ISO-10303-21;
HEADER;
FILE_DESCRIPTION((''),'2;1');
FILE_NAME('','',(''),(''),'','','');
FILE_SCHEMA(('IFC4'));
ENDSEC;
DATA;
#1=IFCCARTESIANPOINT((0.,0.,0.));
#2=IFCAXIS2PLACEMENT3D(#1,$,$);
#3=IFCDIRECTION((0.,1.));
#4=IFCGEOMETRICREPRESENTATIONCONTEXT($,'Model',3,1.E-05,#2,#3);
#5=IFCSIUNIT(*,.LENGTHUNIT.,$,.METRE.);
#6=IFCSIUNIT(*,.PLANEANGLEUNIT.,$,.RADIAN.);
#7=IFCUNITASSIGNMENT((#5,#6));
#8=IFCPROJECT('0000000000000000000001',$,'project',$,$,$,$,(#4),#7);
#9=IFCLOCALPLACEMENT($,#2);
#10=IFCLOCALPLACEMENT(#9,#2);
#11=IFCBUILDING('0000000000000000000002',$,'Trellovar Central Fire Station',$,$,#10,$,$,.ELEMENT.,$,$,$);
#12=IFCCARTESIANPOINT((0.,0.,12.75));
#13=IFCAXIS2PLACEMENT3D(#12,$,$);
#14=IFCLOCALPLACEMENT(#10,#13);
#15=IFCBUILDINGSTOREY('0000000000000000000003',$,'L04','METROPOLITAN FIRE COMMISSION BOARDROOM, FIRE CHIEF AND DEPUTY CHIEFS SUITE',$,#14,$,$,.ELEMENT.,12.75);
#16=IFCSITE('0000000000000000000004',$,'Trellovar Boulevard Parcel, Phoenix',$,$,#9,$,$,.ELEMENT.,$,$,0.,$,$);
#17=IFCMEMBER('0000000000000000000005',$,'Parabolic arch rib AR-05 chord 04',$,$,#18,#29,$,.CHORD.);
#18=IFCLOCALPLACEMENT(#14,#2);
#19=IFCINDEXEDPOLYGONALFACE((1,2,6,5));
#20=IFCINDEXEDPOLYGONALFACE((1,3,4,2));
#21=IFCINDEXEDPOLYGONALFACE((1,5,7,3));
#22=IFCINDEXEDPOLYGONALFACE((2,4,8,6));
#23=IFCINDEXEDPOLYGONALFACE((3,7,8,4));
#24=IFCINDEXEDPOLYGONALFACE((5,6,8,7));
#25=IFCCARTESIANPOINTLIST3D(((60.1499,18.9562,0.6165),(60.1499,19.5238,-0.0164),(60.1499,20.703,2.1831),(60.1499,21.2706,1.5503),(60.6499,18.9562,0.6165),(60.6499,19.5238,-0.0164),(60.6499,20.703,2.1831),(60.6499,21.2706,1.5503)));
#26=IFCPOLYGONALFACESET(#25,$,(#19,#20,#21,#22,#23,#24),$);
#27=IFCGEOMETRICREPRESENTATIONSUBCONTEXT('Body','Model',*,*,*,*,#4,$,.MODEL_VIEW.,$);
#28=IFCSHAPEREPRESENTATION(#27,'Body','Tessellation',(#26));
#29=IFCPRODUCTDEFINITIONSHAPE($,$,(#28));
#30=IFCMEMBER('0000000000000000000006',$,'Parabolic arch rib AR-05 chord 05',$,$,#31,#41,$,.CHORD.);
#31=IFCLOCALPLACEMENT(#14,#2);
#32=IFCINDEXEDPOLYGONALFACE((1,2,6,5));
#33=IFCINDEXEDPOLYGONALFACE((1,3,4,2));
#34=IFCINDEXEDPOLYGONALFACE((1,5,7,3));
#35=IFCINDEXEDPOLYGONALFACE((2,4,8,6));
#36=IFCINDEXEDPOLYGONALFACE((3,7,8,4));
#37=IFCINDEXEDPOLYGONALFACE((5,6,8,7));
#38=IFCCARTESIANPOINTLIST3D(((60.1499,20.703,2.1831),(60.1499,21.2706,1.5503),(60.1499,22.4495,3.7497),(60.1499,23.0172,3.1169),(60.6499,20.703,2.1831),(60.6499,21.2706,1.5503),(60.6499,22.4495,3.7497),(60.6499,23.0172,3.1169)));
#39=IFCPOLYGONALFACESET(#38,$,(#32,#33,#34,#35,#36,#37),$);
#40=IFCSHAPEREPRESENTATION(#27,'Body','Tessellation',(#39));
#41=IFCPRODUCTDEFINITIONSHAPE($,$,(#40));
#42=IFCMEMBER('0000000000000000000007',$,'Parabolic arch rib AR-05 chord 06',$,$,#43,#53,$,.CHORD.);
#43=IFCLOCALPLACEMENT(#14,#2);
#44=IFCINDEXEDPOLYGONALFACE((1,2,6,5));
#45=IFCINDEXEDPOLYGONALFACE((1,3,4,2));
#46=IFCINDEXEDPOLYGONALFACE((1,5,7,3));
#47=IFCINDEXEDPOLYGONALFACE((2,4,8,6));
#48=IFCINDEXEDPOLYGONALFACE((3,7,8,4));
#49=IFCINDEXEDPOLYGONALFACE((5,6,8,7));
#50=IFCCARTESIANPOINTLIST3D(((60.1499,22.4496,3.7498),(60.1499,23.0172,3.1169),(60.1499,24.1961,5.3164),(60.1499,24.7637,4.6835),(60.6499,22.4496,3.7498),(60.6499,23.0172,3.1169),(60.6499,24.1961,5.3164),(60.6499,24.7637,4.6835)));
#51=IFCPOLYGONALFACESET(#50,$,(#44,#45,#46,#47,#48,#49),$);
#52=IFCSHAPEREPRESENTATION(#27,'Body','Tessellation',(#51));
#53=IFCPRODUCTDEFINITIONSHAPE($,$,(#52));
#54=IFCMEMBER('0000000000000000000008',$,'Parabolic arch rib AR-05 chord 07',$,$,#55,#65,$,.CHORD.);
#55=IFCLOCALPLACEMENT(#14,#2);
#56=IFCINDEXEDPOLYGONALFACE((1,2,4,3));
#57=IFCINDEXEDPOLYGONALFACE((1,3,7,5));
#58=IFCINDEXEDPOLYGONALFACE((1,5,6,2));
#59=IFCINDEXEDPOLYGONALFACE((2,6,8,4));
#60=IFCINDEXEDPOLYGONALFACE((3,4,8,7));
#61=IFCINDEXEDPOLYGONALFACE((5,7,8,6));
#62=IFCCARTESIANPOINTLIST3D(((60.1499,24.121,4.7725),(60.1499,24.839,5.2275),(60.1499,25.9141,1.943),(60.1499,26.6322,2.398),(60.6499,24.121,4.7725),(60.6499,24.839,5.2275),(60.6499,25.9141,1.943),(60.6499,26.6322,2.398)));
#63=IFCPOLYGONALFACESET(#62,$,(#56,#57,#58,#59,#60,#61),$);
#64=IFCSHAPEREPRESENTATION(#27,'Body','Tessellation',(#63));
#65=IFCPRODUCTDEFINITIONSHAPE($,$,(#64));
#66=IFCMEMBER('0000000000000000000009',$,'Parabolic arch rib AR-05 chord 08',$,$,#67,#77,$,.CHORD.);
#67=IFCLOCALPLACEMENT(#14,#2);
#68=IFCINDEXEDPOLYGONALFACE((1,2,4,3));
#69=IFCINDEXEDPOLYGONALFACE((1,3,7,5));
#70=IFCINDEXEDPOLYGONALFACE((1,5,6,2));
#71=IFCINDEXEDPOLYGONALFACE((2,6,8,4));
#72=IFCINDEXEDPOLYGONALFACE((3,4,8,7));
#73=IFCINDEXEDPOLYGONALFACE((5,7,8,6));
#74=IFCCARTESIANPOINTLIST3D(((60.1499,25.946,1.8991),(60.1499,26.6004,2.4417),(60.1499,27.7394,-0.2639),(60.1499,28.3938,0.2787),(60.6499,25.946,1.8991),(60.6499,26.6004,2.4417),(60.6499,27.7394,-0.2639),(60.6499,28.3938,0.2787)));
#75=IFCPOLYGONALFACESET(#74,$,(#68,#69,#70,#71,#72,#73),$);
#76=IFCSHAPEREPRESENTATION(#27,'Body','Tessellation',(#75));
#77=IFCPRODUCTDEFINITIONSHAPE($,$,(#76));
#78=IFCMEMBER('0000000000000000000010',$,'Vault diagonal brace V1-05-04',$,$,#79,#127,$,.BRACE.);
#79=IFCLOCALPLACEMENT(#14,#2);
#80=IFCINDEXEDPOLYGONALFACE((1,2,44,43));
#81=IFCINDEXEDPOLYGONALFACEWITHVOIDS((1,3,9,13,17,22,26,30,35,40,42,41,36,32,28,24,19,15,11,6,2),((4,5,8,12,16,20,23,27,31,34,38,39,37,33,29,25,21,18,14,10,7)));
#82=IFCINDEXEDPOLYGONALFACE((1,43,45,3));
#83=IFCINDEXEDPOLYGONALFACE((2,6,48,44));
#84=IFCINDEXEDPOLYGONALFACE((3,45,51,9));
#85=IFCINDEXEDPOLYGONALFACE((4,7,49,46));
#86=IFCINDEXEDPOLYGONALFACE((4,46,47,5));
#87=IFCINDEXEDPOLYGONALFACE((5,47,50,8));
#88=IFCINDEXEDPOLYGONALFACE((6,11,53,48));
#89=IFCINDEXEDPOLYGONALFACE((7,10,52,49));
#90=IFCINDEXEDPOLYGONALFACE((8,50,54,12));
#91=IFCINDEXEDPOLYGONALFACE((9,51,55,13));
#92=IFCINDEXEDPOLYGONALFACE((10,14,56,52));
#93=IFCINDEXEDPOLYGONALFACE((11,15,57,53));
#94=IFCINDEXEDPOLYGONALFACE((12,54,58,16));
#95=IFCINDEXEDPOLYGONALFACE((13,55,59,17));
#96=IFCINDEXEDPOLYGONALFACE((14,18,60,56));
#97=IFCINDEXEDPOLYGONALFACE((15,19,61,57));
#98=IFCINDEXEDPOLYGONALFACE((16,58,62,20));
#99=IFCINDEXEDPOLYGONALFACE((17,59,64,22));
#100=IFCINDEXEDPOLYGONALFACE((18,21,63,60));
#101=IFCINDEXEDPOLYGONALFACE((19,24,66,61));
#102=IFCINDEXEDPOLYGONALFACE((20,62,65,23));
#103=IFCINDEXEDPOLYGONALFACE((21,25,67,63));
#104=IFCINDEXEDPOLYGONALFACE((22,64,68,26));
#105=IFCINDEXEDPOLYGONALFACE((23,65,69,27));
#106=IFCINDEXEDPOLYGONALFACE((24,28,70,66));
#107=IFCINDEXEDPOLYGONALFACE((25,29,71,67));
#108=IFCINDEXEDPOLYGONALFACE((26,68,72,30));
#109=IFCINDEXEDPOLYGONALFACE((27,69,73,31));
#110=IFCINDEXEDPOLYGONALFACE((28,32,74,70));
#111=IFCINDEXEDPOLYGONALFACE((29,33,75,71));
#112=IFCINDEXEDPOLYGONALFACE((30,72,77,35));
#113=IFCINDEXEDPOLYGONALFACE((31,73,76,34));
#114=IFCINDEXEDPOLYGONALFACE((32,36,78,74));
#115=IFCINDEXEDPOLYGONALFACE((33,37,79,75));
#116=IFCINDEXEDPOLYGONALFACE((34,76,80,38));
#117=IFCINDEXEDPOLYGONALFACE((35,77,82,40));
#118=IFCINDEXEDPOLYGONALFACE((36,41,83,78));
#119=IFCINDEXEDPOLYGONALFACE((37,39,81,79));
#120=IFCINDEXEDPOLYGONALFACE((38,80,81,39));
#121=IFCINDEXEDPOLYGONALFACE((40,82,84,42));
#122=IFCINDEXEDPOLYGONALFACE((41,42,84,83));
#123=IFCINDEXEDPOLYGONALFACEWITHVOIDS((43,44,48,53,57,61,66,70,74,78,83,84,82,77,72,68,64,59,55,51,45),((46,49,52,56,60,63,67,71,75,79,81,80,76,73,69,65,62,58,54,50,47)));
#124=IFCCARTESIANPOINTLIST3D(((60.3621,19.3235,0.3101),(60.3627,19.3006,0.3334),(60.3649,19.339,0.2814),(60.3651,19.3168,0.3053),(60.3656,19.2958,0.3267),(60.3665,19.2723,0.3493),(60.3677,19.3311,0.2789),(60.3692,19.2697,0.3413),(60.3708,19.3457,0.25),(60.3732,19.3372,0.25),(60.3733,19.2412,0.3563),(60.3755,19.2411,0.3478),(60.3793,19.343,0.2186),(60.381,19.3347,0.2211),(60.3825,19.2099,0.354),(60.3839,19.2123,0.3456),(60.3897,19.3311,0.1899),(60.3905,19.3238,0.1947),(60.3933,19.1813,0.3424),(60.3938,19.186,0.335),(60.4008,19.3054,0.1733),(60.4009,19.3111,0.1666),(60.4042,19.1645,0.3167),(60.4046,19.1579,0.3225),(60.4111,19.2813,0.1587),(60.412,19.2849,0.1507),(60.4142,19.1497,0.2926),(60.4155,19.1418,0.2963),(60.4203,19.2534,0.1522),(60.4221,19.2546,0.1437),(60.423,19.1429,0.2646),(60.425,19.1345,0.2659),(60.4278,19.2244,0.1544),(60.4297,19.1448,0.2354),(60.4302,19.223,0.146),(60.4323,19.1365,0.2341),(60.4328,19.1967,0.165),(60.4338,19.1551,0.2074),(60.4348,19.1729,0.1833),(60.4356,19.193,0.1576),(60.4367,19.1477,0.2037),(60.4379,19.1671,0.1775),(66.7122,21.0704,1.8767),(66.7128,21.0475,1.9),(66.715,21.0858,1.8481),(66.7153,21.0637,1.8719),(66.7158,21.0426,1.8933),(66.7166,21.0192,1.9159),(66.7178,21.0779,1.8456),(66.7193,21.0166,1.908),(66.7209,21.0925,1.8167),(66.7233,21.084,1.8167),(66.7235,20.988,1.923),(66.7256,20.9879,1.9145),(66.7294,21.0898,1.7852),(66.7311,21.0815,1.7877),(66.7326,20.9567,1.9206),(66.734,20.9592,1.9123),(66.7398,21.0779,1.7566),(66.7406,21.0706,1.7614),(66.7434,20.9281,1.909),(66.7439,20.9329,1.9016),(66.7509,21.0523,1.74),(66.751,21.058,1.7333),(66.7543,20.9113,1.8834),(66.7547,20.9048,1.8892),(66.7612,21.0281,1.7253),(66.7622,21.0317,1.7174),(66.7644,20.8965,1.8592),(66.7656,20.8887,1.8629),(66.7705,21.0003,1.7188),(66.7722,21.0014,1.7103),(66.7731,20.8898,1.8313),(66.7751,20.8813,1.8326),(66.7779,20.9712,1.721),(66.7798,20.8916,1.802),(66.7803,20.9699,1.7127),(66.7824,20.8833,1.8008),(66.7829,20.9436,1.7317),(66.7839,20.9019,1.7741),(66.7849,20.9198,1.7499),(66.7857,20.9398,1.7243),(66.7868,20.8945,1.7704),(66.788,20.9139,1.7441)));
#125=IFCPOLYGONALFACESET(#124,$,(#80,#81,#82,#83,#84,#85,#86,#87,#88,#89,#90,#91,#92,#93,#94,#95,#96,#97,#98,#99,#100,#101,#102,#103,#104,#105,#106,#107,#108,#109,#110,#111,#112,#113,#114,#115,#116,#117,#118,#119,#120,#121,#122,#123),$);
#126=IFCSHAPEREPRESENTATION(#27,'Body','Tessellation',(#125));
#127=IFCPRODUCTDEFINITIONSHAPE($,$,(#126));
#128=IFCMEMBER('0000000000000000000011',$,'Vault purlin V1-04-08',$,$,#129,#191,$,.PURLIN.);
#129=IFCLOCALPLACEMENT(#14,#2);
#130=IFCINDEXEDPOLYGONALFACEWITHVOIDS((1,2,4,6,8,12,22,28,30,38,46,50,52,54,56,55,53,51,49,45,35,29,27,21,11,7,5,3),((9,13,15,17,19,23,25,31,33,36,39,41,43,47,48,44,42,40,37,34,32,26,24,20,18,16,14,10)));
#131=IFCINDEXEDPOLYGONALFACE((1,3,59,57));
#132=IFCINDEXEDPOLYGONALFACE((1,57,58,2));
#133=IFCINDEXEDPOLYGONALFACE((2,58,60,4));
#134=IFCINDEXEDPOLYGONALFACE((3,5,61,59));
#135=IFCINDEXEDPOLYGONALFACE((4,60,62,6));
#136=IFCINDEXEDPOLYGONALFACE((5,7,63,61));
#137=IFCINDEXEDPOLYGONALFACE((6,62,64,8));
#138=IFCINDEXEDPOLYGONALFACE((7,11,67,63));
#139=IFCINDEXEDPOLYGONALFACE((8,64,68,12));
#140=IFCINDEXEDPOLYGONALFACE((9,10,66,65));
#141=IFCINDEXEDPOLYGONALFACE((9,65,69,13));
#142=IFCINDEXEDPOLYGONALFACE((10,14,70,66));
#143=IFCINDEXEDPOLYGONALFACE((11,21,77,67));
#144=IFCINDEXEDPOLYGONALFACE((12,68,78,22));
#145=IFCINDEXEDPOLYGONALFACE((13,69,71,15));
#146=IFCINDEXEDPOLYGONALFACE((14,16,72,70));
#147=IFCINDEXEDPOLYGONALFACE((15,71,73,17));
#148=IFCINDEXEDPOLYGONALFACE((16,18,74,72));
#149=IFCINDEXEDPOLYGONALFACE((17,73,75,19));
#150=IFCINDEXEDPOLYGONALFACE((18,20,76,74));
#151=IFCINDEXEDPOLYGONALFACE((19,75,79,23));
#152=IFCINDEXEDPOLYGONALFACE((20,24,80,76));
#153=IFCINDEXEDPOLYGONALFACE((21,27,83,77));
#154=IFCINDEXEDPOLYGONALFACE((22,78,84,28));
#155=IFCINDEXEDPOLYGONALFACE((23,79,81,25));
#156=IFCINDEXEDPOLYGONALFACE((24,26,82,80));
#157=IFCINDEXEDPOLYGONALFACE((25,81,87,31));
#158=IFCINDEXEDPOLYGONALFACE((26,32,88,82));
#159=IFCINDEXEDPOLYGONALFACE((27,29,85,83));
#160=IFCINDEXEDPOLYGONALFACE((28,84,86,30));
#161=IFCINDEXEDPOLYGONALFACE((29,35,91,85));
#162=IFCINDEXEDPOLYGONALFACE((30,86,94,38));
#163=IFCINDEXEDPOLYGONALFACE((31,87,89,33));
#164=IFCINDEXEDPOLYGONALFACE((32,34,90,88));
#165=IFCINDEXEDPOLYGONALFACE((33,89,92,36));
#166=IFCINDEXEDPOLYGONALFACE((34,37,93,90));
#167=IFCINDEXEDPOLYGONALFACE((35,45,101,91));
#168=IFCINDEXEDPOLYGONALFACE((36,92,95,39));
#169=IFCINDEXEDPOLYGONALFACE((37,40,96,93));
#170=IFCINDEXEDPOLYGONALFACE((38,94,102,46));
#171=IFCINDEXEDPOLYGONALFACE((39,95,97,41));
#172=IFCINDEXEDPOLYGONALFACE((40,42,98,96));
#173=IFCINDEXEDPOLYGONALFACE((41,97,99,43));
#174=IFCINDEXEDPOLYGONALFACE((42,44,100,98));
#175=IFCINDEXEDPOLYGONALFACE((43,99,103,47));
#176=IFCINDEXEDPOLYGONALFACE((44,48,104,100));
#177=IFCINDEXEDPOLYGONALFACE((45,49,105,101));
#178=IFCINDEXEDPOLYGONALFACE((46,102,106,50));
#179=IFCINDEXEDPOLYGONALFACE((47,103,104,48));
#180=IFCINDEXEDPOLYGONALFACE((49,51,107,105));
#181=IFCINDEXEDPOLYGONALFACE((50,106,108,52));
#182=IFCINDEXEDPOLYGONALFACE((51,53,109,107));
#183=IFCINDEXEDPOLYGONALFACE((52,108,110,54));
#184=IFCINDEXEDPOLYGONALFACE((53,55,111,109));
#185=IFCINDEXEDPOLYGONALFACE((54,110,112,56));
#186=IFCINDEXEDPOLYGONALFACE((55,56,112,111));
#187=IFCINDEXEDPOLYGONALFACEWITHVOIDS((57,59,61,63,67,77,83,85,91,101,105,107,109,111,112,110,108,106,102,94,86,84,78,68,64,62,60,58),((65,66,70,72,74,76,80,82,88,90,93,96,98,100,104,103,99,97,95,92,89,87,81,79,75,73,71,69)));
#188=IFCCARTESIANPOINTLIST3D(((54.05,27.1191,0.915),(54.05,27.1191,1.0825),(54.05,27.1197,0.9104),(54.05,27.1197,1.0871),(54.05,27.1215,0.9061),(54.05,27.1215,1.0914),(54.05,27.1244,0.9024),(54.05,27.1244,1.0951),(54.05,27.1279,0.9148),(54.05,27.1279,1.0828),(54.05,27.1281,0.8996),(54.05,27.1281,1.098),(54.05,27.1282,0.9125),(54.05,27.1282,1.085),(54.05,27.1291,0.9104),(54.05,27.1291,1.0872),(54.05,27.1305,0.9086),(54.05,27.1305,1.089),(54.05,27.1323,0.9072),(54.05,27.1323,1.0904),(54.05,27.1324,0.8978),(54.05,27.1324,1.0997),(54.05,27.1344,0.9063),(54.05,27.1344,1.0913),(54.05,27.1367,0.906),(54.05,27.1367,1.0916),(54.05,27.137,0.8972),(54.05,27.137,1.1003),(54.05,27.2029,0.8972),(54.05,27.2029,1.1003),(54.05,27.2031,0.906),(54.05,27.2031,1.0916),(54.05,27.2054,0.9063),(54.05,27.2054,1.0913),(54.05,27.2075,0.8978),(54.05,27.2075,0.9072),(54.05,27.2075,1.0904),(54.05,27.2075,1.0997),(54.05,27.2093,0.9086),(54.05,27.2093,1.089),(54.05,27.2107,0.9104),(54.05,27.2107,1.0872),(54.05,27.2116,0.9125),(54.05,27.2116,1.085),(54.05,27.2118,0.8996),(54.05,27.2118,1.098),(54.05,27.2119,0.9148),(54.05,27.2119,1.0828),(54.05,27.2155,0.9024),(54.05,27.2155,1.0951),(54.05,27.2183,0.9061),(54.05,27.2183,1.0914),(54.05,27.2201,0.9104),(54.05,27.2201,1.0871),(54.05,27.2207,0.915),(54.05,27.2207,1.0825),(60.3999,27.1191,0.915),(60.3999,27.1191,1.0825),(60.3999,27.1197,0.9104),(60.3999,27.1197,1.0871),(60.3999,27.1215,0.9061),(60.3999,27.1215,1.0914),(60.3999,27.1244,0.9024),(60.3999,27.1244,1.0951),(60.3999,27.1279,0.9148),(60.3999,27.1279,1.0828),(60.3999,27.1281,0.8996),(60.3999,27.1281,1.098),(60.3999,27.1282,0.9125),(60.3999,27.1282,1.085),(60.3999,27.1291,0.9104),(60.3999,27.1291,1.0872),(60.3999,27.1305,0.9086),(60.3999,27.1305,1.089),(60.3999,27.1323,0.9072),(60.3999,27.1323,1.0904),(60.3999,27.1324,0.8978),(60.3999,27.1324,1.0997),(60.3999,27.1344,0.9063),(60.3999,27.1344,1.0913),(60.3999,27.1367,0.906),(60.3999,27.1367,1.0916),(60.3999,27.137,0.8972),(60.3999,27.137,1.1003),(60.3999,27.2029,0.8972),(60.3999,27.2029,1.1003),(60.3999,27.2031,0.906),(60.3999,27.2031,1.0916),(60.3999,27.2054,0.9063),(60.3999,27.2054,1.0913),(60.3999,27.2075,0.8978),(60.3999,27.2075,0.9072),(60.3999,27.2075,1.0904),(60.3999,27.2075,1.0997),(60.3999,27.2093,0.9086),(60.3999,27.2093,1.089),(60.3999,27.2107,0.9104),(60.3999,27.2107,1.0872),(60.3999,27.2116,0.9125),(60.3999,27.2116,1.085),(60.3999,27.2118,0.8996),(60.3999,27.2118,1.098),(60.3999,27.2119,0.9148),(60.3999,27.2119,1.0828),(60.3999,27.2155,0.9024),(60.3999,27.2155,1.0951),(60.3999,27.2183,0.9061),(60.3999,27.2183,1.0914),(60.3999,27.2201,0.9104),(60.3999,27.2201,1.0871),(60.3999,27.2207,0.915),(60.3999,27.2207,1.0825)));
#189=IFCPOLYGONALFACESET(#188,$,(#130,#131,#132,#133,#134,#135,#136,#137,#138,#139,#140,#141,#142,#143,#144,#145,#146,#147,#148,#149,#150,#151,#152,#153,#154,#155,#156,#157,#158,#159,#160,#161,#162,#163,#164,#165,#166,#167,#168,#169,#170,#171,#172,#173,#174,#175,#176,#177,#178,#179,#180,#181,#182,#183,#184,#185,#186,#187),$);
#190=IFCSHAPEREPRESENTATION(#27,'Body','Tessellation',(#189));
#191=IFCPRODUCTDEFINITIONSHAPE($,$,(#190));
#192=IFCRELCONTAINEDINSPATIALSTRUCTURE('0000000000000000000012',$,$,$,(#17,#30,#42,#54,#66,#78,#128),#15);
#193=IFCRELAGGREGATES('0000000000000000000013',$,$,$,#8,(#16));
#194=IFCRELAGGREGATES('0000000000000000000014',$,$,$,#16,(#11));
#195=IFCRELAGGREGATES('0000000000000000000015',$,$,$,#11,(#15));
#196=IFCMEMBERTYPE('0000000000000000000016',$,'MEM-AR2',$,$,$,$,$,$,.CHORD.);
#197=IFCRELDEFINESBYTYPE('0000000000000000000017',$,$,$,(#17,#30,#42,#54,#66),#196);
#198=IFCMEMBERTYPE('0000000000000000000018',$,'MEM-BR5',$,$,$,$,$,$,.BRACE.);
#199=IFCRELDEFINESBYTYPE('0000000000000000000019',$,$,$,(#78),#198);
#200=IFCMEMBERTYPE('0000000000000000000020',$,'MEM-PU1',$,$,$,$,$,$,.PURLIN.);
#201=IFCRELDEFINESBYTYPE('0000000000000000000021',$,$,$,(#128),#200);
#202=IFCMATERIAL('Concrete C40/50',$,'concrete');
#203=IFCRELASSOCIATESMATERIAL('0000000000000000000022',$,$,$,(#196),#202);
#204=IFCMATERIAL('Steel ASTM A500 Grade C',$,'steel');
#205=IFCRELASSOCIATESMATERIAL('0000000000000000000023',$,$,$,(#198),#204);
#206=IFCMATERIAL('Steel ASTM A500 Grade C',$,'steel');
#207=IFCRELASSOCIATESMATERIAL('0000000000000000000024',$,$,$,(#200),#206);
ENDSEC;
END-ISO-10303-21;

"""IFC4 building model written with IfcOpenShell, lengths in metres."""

from ifc_helpers import new_model, si_unit, direction, frame, origin, origin_2d, place, context, subcontext, project, spatial, rectangle, hollow_rectangle, hollow_circle, extrude, material, material_profile, profile_set, type_object, element, save


model = new_model("IFC4")

# Units and contexts
model_context = context("Model", 3, precision=1e-05, world=origin(), true_north=direction((0.0, 1.0)))
body_context = subcontext(model_context, "Body", "Model", "MODEL_VIEW")
ifc_project = project(units=[si_unit("LENGTHUNIT", "METRE"), si_unit("PLANEANGLEUNIT", "RADIAN")], contexts=[model_context])

# Site, building, storey
site_placement = place(None, origin())
site = spatial("IfcSite", under=ifc_project, at=site_placement, Name="Trellovar Boulevard Parcel, Phoenix", CompositionType="ELEMENT", RefElevation=0.0)
building_placement = place(site_placement, origin())
building = spatial("IfcBuilding", under=site, at=building_placement, Name="Trellovar Central Fire Station", CompositionType="ELEMENT")
storey_placement = place(building_placement, frame((0.0, 0.0, 12.75)))
storey = spatial("IfcBuildingStorey", under=building, at=storey_placement, Name="L04", Description="METROPOLITAN FIRE COMMISSION BOARDROOM, FIRE CHIEF AND DEPUTY CHIEFS SUITE", CompositionType="ELEMENT", Elevation=12.75)

# Members
ifc_material_1 = material(Name="Concrete C40/50", Category="concrete")
ifc_material_profile_1 = material_profile(ifc_material_1, rectangle(XDim=0.5, YDim=0.8501, at=origin_2d()), Name="RC500X850")
ifc_profile_set_1 = profile_set([ifc_material_profile_1], Name="Concrete C40/50")
member_type_1 = type_object("IfcMemberType", Name="MEM-AR2", PredefinedType="CHORD", material=ifc_profile_set_1)
member_1_placement = place(storey_placement, frame((60.3999, 19.24, 0.3), z_axis=(0.0, 0.744457, 0.66767), x_axis=(-1.0, 0.0, 0.0)))
element("IfcMember", 1, at=member_1_placement, inside=storey, type_object=member_type_1, Name="Parabolic arch rib AR-05 chord 04", PredefinedType="CHORD", context=body_context, shape_type="SweptSolid", body=[
    extrude(rectangle(XDim=0.5, YDim=0.8501, at=origin_2d()), origin(), (0.0, 0.0, 1.0), 2.3464),
])
for number, where, z_axis, x_axis, name in (
    (2, (60.3999, 20.9868, 1.8667), (0.0, 0.744411, 0.667722), (-1.0, 0.0, 0.0), "Parabolic arch rib AR-05 chord 05"),
    (3, (60.3999, 22.7334, 3.4333), (0.0, 0.744411, 0.667722), (-1.0, 0.0, 0.0), "Parabolic arch rib AR-05 chord 06"),
):
    element("IfcMember", number, at=place(storey_placement, frame(where, z_axis=z_axis, x_axis=x_axis)), inside=storey, type_object=member_type_1, Name=name, PredefinedType="CHORD", context=body_context, shape_type="SweptSolid", body=[
        extrude(rectangle(XDim=0.5, YDim=0.8501, at=origin_2d()), origin(), (0.0, 0.0, 1.0), 2.3462),
    ])
member_2_placement = place(storey_placement, frame((60.3999, 24.48, 5.0), z_axis=(0.0, 0.535295, -0.844665), x_axis=(-1.0, 0.0, 0.0)))
element("IfcMember", 4, at=member_2_placement, inside=storey, type_object=member_type_1, Name="Parabolic arch rib AR-05 chord 07", PredefinedType="CHORD", context=body_context, shape_type="SweptSolid", body=[
    extrude(rectangle(XDim=0.5, YDim=0.8501, at=origin_2d()), origin(), (0.0, 0.0, 1.0), 3.3499),
])
member_3_placement = place(storey_placement, frame((60.3999, 26.2732, 2.1704), z_axis=(0.0, 0.638268, -0.769814), x_axis=(-1.0, 0.0, 0.0)))
element("IfcMember", 5, at=member_3_placement, inside=storey, type_object=member_type_1, Name="Parabolic arch rib AR-05 chord 08", PredefinedType="CHORD", context=body_context, shape_type="SweptSolid", body=[
    extrude(rectangle(XDim=0.5, YDim=0.8501, at=origin_2d()), origin(), (0.0, 0.0, 1.0), 2.8098),
])
ifc_material_2 = material(Name="Steel ASTM A500 Grade C", Category="steel")
ifc_material_profile_2 = material_profile(ifc_material_2, hollow_circle(Radius=0.1096, WallThickness=0.0088, at=origin_2d()), Name="HSS8.625X0.375")
ifc_profile_set_2 = profile_set([ifc_material_profile_2], Name="Steel ASTM A500 Grade C")
member_type_2 = type_object("IfcMemberType", Name="MEM-BR5", PredefinedType="BRACE", material=ifc_profile_set_2)
member_4_placement = place(storey_placement, frame((60.3999, 19.24, 0.25), z_axis=(0.93801, 0.258034, 0.231419), x_axis=(-0.265234, 0.964184, 0.0)))
element("IfcMember", 6, at=member_4_placement, inside=storey, type_object=member_type_2, Name="Vault diagonal brace V1-05-04", PredefinedType="BRACE", context=body_context, shape_type="SweptSolid", body=[
    extrude(hollow_circle(Radius=0.1096, WallThickness=0.0088, at=origin_2d()), origin(), (0.0, 0.0, 1.0), 6.7698),
])
ifc_material_3 = material(Name="Steel ASTM A500 Grade C", Category="steel")
ifc_material_profile_3 = material_profile(ifc_material_3, hollow_rectangle(XDim=0.1016, YDim=0.2031, WallThickness=0.0088, InnerFilletRadius=0.0088, OuterFilletRadius=0.0178, at=origin_2d()), Name="HSS8X4X3/8")
ifc_profile_set_3 = profile_set([ifc_material_profile_3], Name="Steel ASTM A500 Grade C")
member_type_3 = type_object("IfcMemberType", Name="MEM-PU1", PredefinedType="PURLIN", material=ifc_profile_set_3)
member_5_placement = place(storey_placement, frame((54.05, 27.1699, 0.9988), z_axis=(1.0, 0.0, 0.0), x_axis=(0.0, 1.0, 0.0)))
element("IfcMember", 7, at=member_5_placement, inside=storey, type_object=member_type_3, Name="Vault purlin V1-04-08", PredefinedType="PURLIN", context=body_context, shape_type="SweptSolid", body=[
    extrude(hollow_rectangle(XDim=0.1016, YDim=0.2031, WallThickness=0.0088, InnerFilletRadius=0.0088, OuterFilletRadius=0.0178, at=origin_2d()), origin(), (0.0, 0.0, 1.0), 6.3499),
])

save(model, "model.ifc")
